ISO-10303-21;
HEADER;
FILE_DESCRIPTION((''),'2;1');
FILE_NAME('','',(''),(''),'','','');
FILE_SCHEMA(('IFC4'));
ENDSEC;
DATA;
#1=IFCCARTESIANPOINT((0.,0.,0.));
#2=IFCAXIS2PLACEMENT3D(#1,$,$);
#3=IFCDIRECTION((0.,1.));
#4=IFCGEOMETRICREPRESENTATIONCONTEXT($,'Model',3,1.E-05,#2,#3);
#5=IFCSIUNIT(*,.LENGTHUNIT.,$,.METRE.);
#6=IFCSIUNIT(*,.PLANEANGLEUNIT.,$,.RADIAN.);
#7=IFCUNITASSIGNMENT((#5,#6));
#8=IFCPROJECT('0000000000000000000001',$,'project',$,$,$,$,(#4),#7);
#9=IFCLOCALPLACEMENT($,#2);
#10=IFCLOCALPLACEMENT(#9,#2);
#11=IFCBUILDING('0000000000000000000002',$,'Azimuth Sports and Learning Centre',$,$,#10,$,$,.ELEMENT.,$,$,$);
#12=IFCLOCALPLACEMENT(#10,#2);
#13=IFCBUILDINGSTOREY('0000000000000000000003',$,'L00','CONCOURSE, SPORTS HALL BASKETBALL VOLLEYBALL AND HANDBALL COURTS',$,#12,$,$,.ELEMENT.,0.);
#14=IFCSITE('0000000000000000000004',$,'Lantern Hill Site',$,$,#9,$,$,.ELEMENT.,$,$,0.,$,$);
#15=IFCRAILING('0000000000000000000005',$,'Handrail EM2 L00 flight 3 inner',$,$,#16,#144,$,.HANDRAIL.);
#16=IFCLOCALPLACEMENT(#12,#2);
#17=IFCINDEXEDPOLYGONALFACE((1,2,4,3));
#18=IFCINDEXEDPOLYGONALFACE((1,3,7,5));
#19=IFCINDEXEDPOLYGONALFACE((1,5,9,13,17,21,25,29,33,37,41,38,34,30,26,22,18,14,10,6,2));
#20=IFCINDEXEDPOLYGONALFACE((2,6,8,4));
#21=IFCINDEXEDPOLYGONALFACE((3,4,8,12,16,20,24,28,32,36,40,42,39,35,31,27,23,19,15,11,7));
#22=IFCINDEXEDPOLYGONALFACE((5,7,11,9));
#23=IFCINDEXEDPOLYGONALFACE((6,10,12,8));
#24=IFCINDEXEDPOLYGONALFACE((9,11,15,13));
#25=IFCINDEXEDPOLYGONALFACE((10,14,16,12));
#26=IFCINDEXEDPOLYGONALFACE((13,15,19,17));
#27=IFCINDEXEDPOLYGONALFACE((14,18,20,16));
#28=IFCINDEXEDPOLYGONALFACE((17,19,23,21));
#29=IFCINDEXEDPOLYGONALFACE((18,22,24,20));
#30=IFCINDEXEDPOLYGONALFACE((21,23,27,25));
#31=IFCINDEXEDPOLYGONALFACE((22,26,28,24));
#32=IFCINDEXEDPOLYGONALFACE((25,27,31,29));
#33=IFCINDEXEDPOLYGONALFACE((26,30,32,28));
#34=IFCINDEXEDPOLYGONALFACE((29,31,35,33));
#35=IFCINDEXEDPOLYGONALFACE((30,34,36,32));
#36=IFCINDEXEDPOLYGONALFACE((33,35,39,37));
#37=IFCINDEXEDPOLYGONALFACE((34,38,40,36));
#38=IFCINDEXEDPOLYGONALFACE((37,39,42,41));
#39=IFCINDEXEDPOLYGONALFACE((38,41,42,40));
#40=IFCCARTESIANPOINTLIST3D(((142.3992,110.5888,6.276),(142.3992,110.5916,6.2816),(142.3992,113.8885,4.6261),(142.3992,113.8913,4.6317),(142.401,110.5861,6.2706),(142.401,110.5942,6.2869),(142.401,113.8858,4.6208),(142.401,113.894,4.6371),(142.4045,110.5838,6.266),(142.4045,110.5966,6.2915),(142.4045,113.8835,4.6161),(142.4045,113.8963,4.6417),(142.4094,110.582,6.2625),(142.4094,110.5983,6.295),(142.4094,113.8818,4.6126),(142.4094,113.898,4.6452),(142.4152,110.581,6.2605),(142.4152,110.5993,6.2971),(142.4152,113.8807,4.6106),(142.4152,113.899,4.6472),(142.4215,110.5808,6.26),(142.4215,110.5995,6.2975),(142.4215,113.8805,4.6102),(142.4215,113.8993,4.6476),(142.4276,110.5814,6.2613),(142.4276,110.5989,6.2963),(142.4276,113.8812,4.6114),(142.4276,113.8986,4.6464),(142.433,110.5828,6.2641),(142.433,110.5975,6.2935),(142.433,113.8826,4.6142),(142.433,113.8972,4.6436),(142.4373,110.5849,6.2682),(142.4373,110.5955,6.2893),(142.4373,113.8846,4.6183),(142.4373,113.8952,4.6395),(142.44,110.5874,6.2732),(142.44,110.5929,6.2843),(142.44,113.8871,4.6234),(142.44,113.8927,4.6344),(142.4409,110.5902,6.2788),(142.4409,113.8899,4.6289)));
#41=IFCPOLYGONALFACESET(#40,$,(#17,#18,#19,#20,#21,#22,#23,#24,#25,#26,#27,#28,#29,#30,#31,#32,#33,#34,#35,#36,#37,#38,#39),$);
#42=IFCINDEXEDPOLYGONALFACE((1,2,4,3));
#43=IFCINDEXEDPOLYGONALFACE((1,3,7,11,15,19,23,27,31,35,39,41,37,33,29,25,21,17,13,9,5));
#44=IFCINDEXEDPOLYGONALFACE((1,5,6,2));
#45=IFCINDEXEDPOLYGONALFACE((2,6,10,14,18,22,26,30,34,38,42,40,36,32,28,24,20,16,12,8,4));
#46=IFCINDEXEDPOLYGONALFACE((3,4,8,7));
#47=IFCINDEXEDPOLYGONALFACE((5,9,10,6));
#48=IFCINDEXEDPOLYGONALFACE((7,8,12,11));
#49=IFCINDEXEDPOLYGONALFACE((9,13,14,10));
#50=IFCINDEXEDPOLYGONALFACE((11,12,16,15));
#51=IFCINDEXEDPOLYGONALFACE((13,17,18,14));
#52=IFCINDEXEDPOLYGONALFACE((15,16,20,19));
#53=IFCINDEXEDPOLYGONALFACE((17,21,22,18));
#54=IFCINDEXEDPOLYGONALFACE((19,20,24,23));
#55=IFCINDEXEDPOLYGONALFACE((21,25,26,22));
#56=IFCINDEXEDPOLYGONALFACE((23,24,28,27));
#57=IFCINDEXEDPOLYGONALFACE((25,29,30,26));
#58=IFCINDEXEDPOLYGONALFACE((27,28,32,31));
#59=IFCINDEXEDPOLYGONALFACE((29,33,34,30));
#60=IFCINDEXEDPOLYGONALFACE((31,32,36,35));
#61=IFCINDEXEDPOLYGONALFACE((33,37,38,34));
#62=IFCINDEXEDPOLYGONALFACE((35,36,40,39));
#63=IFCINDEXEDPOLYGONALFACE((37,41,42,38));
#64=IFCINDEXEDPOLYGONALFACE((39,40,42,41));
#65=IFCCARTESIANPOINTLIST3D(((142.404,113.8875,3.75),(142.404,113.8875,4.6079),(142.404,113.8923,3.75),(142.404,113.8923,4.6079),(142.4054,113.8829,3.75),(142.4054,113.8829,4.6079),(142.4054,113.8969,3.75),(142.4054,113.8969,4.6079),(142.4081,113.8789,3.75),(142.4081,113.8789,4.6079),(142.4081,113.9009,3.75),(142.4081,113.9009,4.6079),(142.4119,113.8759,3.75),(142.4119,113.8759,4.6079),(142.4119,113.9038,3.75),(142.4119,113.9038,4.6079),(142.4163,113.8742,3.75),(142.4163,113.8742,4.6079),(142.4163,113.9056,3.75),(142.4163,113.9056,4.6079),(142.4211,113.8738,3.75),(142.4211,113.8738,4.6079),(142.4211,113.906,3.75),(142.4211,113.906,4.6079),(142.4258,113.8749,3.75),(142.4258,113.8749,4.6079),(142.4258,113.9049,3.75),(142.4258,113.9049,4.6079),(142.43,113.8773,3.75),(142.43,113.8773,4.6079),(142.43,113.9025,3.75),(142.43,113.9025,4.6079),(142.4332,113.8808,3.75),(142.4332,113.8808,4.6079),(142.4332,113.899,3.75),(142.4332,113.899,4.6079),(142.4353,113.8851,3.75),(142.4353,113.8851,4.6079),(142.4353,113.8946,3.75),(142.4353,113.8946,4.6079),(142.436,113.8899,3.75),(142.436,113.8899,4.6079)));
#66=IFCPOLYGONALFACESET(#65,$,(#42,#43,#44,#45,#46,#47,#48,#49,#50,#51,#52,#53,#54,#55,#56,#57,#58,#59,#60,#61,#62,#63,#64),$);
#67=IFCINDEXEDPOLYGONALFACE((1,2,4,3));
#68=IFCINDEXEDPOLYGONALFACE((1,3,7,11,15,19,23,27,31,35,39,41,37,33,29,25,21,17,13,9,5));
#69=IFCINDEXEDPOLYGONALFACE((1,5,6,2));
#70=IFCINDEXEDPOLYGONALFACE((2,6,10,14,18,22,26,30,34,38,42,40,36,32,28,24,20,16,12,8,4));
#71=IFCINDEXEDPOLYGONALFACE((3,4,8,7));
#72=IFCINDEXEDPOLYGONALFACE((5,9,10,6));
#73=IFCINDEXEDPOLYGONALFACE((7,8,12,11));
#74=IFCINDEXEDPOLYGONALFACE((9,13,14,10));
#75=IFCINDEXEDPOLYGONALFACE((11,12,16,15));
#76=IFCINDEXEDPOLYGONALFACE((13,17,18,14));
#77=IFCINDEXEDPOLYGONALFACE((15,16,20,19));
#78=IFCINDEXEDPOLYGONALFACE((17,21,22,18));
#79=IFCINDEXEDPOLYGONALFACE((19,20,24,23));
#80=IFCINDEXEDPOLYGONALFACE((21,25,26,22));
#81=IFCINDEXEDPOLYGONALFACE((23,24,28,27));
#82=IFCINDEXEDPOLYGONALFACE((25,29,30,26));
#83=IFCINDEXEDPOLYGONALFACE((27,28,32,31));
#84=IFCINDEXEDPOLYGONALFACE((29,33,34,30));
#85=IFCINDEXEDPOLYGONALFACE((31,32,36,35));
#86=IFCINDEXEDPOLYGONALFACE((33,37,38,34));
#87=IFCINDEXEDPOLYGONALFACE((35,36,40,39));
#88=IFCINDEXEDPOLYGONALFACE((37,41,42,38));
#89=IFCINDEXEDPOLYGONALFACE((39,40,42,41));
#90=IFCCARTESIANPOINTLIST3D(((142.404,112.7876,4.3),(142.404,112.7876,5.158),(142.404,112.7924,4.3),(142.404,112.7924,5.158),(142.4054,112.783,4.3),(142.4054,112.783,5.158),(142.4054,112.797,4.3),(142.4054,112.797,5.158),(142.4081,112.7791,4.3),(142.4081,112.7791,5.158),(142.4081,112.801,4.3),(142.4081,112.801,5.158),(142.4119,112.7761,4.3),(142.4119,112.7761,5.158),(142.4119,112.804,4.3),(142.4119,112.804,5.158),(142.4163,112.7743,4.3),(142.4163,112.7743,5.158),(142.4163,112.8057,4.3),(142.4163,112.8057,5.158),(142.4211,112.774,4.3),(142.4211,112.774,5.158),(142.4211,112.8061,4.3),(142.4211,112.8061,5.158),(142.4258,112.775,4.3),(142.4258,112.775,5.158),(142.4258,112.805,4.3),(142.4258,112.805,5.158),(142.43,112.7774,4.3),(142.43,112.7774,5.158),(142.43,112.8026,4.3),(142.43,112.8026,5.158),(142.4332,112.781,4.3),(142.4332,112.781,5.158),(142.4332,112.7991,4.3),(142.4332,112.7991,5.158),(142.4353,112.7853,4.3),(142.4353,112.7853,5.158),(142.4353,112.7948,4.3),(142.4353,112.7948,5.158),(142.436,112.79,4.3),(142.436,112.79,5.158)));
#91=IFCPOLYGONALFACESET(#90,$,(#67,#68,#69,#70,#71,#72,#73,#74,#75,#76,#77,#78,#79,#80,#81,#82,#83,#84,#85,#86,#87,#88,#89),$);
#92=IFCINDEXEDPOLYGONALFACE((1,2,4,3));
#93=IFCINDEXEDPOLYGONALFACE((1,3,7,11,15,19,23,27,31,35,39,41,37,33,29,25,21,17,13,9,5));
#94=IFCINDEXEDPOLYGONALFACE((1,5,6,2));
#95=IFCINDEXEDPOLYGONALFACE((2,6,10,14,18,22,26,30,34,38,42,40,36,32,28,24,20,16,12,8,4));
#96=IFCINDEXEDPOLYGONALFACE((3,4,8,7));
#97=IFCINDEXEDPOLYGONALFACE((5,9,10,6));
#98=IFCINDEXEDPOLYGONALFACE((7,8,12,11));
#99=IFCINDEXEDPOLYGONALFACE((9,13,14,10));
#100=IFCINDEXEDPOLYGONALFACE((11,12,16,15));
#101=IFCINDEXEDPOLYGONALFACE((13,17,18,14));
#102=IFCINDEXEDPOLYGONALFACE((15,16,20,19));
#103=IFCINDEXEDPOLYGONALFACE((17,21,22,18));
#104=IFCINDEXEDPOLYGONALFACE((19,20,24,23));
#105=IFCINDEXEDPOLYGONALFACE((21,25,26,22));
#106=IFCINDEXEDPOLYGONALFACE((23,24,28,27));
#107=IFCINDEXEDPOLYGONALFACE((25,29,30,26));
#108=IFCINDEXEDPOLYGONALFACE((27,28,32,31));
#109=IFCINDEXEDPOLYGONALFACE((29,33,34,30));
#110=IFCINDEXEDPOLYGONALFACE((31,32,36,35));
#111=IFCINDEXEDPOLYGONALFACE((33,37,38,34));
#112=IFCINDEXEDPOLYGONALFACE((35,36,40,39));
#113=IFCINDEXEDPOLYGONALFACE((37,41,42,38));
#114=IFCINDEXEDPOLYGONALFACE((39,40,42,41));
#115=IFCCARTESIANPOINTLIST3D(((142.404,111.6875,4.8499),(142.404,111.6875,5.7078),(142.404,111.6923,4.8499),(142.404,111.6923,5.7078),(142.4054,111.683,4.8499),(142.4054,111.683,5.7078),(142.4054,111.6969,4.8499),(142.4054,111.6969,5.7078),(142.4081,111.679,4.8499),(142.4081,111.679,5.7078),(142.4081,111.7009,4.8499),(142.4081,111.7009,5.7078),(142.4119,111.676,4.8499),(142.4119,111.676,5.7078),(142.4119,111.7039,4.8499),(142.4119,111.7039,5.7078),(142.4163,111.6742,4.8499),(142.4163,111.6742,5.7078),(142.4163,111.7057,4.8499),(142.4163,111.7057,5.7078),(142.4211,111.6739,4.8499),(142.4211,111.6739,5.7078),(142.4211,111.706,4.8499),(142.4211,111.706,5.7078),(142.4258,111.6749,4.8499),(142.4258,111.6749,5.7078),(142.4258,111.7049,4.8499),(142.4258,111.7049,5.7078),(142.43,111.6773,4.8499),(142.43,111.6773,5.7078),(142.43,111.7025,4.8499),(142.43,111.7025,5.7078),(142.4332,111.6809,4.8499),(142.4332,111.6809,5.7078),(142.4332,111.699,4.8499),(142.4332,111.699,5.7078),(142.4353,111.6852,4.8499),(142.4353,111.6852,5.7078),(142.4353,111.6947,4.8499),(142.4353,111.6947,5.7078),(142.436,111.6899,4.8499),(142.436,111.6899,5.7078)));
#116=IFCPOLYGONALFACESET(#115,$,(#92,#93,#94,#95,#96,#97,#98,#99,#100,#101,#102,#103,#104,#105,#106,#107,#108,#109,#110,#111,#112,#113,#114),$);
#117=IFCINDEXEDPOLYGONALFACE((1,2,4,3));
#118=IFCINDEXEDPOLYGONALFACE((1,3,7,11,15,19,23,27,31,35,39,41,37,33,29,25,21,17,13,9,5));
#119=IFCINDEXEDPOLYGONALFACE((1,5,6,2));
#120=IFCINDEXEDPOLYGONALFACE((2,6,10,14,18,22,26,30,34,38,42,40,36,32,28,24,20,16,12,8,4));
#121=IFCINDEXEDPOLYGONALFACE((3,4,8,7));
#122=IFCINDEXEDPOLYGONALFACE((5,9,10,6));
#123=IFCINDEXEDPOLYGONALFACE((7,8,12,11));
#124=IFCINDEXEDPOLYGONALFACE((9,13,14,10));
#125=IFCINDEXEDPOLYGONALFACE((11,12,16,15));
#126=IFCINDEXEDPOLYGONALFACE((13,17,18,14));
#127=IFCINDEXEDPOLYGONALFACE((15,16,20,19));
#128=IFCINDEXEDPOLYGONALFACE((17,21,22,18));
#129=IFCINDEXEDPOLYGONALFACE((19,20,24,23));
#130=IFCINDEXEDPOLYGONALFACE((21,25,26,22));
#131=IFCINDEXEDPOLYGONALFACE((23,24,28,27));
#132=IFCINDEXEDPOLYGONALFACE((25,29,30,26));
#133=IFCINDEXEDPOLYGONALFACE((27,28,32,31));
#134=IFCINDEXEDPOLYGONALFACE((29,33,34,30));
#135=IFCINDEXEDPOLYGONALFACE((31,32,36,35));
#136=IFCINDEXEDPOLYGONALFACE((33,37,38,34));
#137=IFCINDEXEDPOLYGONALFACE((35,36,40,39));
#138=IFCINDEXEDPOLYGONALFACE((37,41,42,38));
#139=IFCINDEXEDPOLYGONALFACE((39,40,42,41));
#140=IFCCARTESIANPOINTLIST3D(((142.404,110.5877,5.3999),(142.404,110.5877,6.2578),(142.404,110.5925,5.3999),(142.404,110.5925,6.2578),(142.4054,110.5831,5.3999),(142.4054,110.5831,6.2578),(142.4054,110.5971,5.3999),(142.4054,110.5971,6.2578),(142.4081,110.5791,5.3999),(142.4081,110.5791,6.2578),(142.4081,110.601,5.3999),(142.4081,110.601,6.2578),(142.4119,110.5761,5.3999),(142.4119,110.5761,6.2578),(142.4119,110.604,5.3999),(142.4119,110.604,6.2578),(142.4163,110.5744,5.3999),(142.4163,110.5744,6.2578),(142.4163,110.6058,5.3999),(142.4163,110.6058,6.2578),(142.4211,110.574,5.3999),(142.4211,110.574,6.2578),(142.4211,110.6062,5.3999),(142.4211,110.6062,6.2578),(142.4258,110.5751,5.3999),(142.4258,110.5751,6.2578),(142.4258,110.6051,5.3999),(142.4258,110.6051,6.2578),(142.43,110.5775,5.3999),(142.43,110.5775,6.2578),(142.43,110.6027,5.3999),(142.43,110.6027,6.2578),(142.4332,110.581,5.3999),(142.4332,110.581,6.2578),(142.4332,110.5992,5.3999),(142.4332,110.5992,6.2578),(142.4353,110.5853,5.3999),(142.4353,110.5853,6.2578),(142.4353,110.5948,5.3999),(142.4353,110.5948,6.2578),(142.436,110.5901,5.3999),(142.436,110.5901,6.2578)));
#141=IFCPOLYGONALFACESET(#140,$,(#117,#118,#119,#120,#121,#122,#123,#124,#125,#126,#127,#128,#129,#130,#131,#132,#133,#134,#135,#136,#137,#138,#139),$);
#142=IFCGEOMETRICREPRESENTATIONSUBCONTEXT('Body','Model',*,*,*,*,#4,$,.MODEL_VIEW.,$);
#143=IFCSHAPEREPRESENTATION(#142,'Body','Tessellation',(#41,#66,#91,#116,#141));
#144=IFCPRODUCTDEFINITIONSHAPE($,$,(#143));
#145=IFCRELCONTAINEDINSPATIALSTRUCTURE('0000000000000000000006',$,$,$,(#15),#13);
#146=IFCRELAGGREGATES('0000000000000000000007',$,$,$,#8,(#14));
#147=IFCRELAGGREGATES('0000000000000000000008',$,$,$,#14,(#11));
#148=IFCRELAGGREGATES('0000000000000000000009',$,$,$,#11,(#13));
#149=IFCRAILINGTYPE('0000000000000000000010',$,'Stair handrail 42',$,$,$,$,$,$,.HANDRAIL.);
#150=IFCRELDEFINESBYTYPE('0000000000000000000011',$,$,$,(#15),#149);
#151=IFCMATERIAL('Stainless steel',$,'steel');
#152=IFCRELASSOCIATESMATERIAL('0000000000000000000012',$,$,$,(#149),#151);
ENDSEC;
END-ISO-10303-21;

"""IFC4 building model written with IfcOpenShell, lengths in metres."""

from ifc_helpers import new_model, si_unit, direction, frame, origin, origin_2d, place, context, subcontext, project, spatial, circle, extrude, material, type_object, element, save


model = new_model("IFC4")

# Units and contexts
model_context = context("Model", 3, precision=1e-05, world=origin(), true_north=direction((0.0, 1.0)))
body_context = subcontext(model_context, "Body", "Model", "MODEL_VIEW")
ifc_project = project(units=[si_unit("LENGTHUNIT", "METRE"), si_unit("PLANEANGLEUNIT", "RADIAN")], contexts=[model_context])

# Site, building, storey
site_placement = place(None, origin())
site = spatial("IfcSite", under=ifc_project, at=site_placement, Name="Lantern Hill Site", CompositionType="ELEMENT", RefElevation=0.0)
building_placement = place(site_placement, origin())
building = spatial("IfcBuilding", under=site, at=building_placement, Name="Azimuth Sports and Learning Centre", CompositionType="ELEMENT")
storey_placement = place(building_placement, origin())
storey = spatial("IfcBuildingStorey", under=building, at=storey_placement, Name="L00", Description="CONCOURSE, SPORTS HALL BASKETBALL VOLLEYBALL AND HANDBALL COURTS", CompositionType="ELEMENT", Elevation=0.0)

# Railing
ifc_material_1 = material(Name="Stainless steel", Category="steel")
railing_type_1 = type_object("IfcRailingType", Name="Stair handrail 42", PredefinedType="HANDRAIL", material=ifc_material_1)
for number, where, name in (
    (1, (142.4199, 113.8899, 3.75), "Handrail EM2 L00 flight 3 inner"),
):
    element("IfcRailing", number, at=place(storey_placement, frame(where)), inside=storey, type_object=railing_type_1, Name=name, PredefinedType="HANDRAIL", context=body_context, shape_type="SweptSolid", body=[
        extrude(circle(Radius=0.021, at=origin_2d()), frame((0.0, 0.0, 0.8789), z_axis=(0.0, -0.894427, 0.447214), x_axis=(1.0, 0.0, 0.0)), (0.0, 0.0, 1.0), 3.6892),
        extrude(circle(Radius=0.0161, at=origin_2d()), origin(), (0.0, 0.0, 1.0), 0.8579),
        extrude(circle(Radius=0.0161, at=origin_2d()), frame((0.0, -1.0999, 0.55)), (0.0, 0.0, 1.0), 0.8579),
        extrude(circle(Radius=0.0161, at=origin_2d()), frame((0.0, -2.2, 1.0999)), (0.0, 0.0, 1.0), 0.8579),
        extrude(circle(Radius=0.0161, at=origin_2d()), frame((0.0, -3.2998, 1.6499)), (0.0, 0.0, 1.0), 0.8579),
    ])

save(model, "model.ifc")
